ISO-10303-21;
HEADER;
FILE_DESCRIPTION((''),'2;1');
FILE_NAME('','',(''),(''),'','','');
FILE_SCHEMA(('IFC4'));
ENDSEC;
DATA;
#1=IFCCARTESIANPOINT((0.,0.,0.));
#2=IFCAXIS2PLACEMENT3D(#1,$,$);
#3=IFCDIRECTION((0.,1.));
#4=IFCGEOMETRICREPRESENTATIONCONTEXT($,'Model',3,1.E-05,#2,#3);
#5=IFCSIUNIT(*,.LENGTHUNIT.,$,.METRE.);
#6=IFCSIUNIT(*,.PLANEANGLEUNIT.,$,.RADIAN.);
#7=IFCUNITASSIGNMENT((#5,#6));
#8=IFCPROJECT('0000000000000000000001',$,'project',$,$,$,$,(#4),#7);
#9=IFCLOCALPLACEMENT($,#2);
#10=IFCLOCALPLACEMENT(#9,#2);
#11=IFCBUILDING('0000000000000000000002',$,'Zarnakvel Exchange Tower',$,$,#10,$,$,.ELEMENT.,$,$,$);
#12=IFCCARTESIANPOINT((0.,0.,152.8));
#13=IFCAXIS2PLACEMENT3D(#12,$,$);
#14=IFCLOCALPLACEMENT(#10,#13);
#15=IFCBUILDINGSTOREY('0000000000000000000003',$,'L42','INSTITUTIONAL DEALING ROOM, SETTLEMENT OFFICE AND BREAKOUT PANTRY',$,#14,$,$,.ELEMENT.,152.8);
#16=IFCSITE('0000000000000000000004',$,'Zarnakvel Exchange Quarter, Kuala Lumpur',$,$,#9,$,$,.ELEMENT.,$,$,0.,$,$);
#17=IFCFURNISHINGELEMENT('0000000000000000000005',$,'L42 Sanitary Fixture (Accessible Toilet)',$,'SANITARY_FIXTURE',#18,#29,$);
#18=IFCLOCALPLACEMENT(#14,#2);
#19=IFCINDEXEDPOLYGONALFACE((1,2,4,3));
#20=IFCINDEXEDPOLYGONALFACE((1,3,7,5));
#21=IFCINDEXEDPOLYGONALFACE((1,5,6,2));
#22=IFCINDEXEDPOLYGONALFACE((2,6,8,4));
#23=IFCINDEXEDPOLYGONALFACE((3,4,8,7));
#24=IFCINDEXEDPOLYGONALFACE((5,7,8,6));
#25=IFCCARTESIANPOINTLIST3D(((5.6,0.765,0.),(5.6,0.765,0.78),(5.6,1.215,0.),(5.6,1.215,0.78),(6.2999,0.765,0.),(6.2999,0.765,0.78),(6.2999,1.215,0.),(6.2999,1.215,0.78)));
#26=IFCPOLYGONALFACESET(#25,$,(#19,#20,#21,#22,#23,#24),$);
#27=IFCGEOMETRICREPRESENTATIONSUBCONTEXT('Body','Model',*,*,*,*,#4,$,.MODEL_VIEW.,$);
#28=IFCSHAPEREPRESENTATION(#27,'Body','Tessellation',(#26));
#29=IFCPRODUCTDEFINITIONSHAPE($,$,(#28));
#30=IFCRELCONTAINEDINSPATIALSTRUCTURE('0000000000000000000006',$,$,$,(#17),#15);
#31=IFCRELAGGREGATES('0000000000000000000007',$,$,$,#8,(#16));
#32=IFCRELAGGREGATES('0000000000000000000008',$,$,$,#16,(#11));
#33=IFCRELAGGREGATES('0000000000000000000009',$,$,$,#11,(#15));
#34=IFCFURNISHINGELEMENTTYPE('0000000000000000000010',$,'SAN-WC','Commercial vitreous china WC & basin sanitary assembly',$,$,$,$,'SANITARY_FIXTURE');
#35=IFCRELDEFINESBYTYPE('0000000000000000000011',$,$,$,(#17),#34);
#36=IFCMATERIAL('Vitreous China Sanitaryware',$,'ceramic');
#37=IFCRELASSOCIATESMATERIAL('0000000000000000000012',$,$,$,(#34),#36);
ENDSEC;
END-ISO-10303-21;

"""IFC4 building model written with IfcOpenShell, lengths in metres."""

from ifc_helpers import new_model, si_unit, direction, frame, origin, origin_2d, place, context, subcontext, project, spatial, rectangle, extrude, source, transform, mapped, material, type_object, element, save


model = new_model("IFC4")

# Units and contexts
model_context = context("Model", 3, precision=1e-05, world=origin(), true_north=direction((0.0, 1.0)))
body_context = subcontext(model_context, "Body", "Model", "MODEL_VIEW")
ifc_project = project(units=[si_unit("LENGTHUNIT", "METRE"), si_unit("PLANEANGLEUNIT", "RADIAN")], contexts=[model_context])

# Site, building, storey
site_placement = place(None, origin())
site = spatial("IfcSite", under=ifc_project, at=site_placement, Name="Zarnakvel Exchange Quarter, Kuala Lumpur", CompositionType="ELEMENT", RefElevation=0.0)
building_placement = place(site_placement, origin())
building = spatial("IfcBuilding", under=site, at=building_placement, Name="Zarnakvel Exchange Tower", CompositionType="ELEMENT")
storey_placement = place(building_placement, frame((0.0, 0.0, 152.8)))
storey = spatial("IfcBuildingStorey", under=building, at=storey_placement, Name="L42", Description="INSTITUTIONAL DEALING ROOM, SETTLEMENT OFFICE AND BREAKOUT PANTRY", CompositionType="ELEMENT", Elevation=152.8)

# Furnishing element
ifc_material_1 = material(Name="Vitreous China Sanitaryware", Category="ceramic")
furnishing_element_type = type_object("IfcFurnishingElementType", Name="SAN-WC", Description="Commercial vitreous china WC & basin sanitary assembly", ElementType="SANITARY_FIXTURE", material=ifc_material_1)
shared_shape_1 = source(origin(), body_context, "Body", "SweptSolid", [
    extrude(rectangle(XDim=0.7, YDim=0.45, at=origin_2d()), origin(), (0.0, 0.0, 1.0), 0.78),
])
furnishing_placement = place(storey_placement, frame((5.95, 0.99, 0.0), z_axis=(0.0, 0.0, 1.0), x_axis=(1.0, 0.0, 0.0)))
element("IfcFurnishingElement", 1, at=furnishing_placement, inside=storey, type_object=furnishing_element_type, Name="L42 Sanitary Fixture (Accessible Toilet)", ObjectType="SANITARY_FIXTURE", context=body_context, shape_type="MappedRepresentation", body=[
    mapped(shared_shape_1, transform((0.0, 0.0, 0.0), x_axis=(1.0, 0.0, 0.0), y_axis=(0.0, 1.0, 0.0), z_axis=(0.0, 0.0, 1.0), scale=1.0)),
])

save(model, "model.ifc")
